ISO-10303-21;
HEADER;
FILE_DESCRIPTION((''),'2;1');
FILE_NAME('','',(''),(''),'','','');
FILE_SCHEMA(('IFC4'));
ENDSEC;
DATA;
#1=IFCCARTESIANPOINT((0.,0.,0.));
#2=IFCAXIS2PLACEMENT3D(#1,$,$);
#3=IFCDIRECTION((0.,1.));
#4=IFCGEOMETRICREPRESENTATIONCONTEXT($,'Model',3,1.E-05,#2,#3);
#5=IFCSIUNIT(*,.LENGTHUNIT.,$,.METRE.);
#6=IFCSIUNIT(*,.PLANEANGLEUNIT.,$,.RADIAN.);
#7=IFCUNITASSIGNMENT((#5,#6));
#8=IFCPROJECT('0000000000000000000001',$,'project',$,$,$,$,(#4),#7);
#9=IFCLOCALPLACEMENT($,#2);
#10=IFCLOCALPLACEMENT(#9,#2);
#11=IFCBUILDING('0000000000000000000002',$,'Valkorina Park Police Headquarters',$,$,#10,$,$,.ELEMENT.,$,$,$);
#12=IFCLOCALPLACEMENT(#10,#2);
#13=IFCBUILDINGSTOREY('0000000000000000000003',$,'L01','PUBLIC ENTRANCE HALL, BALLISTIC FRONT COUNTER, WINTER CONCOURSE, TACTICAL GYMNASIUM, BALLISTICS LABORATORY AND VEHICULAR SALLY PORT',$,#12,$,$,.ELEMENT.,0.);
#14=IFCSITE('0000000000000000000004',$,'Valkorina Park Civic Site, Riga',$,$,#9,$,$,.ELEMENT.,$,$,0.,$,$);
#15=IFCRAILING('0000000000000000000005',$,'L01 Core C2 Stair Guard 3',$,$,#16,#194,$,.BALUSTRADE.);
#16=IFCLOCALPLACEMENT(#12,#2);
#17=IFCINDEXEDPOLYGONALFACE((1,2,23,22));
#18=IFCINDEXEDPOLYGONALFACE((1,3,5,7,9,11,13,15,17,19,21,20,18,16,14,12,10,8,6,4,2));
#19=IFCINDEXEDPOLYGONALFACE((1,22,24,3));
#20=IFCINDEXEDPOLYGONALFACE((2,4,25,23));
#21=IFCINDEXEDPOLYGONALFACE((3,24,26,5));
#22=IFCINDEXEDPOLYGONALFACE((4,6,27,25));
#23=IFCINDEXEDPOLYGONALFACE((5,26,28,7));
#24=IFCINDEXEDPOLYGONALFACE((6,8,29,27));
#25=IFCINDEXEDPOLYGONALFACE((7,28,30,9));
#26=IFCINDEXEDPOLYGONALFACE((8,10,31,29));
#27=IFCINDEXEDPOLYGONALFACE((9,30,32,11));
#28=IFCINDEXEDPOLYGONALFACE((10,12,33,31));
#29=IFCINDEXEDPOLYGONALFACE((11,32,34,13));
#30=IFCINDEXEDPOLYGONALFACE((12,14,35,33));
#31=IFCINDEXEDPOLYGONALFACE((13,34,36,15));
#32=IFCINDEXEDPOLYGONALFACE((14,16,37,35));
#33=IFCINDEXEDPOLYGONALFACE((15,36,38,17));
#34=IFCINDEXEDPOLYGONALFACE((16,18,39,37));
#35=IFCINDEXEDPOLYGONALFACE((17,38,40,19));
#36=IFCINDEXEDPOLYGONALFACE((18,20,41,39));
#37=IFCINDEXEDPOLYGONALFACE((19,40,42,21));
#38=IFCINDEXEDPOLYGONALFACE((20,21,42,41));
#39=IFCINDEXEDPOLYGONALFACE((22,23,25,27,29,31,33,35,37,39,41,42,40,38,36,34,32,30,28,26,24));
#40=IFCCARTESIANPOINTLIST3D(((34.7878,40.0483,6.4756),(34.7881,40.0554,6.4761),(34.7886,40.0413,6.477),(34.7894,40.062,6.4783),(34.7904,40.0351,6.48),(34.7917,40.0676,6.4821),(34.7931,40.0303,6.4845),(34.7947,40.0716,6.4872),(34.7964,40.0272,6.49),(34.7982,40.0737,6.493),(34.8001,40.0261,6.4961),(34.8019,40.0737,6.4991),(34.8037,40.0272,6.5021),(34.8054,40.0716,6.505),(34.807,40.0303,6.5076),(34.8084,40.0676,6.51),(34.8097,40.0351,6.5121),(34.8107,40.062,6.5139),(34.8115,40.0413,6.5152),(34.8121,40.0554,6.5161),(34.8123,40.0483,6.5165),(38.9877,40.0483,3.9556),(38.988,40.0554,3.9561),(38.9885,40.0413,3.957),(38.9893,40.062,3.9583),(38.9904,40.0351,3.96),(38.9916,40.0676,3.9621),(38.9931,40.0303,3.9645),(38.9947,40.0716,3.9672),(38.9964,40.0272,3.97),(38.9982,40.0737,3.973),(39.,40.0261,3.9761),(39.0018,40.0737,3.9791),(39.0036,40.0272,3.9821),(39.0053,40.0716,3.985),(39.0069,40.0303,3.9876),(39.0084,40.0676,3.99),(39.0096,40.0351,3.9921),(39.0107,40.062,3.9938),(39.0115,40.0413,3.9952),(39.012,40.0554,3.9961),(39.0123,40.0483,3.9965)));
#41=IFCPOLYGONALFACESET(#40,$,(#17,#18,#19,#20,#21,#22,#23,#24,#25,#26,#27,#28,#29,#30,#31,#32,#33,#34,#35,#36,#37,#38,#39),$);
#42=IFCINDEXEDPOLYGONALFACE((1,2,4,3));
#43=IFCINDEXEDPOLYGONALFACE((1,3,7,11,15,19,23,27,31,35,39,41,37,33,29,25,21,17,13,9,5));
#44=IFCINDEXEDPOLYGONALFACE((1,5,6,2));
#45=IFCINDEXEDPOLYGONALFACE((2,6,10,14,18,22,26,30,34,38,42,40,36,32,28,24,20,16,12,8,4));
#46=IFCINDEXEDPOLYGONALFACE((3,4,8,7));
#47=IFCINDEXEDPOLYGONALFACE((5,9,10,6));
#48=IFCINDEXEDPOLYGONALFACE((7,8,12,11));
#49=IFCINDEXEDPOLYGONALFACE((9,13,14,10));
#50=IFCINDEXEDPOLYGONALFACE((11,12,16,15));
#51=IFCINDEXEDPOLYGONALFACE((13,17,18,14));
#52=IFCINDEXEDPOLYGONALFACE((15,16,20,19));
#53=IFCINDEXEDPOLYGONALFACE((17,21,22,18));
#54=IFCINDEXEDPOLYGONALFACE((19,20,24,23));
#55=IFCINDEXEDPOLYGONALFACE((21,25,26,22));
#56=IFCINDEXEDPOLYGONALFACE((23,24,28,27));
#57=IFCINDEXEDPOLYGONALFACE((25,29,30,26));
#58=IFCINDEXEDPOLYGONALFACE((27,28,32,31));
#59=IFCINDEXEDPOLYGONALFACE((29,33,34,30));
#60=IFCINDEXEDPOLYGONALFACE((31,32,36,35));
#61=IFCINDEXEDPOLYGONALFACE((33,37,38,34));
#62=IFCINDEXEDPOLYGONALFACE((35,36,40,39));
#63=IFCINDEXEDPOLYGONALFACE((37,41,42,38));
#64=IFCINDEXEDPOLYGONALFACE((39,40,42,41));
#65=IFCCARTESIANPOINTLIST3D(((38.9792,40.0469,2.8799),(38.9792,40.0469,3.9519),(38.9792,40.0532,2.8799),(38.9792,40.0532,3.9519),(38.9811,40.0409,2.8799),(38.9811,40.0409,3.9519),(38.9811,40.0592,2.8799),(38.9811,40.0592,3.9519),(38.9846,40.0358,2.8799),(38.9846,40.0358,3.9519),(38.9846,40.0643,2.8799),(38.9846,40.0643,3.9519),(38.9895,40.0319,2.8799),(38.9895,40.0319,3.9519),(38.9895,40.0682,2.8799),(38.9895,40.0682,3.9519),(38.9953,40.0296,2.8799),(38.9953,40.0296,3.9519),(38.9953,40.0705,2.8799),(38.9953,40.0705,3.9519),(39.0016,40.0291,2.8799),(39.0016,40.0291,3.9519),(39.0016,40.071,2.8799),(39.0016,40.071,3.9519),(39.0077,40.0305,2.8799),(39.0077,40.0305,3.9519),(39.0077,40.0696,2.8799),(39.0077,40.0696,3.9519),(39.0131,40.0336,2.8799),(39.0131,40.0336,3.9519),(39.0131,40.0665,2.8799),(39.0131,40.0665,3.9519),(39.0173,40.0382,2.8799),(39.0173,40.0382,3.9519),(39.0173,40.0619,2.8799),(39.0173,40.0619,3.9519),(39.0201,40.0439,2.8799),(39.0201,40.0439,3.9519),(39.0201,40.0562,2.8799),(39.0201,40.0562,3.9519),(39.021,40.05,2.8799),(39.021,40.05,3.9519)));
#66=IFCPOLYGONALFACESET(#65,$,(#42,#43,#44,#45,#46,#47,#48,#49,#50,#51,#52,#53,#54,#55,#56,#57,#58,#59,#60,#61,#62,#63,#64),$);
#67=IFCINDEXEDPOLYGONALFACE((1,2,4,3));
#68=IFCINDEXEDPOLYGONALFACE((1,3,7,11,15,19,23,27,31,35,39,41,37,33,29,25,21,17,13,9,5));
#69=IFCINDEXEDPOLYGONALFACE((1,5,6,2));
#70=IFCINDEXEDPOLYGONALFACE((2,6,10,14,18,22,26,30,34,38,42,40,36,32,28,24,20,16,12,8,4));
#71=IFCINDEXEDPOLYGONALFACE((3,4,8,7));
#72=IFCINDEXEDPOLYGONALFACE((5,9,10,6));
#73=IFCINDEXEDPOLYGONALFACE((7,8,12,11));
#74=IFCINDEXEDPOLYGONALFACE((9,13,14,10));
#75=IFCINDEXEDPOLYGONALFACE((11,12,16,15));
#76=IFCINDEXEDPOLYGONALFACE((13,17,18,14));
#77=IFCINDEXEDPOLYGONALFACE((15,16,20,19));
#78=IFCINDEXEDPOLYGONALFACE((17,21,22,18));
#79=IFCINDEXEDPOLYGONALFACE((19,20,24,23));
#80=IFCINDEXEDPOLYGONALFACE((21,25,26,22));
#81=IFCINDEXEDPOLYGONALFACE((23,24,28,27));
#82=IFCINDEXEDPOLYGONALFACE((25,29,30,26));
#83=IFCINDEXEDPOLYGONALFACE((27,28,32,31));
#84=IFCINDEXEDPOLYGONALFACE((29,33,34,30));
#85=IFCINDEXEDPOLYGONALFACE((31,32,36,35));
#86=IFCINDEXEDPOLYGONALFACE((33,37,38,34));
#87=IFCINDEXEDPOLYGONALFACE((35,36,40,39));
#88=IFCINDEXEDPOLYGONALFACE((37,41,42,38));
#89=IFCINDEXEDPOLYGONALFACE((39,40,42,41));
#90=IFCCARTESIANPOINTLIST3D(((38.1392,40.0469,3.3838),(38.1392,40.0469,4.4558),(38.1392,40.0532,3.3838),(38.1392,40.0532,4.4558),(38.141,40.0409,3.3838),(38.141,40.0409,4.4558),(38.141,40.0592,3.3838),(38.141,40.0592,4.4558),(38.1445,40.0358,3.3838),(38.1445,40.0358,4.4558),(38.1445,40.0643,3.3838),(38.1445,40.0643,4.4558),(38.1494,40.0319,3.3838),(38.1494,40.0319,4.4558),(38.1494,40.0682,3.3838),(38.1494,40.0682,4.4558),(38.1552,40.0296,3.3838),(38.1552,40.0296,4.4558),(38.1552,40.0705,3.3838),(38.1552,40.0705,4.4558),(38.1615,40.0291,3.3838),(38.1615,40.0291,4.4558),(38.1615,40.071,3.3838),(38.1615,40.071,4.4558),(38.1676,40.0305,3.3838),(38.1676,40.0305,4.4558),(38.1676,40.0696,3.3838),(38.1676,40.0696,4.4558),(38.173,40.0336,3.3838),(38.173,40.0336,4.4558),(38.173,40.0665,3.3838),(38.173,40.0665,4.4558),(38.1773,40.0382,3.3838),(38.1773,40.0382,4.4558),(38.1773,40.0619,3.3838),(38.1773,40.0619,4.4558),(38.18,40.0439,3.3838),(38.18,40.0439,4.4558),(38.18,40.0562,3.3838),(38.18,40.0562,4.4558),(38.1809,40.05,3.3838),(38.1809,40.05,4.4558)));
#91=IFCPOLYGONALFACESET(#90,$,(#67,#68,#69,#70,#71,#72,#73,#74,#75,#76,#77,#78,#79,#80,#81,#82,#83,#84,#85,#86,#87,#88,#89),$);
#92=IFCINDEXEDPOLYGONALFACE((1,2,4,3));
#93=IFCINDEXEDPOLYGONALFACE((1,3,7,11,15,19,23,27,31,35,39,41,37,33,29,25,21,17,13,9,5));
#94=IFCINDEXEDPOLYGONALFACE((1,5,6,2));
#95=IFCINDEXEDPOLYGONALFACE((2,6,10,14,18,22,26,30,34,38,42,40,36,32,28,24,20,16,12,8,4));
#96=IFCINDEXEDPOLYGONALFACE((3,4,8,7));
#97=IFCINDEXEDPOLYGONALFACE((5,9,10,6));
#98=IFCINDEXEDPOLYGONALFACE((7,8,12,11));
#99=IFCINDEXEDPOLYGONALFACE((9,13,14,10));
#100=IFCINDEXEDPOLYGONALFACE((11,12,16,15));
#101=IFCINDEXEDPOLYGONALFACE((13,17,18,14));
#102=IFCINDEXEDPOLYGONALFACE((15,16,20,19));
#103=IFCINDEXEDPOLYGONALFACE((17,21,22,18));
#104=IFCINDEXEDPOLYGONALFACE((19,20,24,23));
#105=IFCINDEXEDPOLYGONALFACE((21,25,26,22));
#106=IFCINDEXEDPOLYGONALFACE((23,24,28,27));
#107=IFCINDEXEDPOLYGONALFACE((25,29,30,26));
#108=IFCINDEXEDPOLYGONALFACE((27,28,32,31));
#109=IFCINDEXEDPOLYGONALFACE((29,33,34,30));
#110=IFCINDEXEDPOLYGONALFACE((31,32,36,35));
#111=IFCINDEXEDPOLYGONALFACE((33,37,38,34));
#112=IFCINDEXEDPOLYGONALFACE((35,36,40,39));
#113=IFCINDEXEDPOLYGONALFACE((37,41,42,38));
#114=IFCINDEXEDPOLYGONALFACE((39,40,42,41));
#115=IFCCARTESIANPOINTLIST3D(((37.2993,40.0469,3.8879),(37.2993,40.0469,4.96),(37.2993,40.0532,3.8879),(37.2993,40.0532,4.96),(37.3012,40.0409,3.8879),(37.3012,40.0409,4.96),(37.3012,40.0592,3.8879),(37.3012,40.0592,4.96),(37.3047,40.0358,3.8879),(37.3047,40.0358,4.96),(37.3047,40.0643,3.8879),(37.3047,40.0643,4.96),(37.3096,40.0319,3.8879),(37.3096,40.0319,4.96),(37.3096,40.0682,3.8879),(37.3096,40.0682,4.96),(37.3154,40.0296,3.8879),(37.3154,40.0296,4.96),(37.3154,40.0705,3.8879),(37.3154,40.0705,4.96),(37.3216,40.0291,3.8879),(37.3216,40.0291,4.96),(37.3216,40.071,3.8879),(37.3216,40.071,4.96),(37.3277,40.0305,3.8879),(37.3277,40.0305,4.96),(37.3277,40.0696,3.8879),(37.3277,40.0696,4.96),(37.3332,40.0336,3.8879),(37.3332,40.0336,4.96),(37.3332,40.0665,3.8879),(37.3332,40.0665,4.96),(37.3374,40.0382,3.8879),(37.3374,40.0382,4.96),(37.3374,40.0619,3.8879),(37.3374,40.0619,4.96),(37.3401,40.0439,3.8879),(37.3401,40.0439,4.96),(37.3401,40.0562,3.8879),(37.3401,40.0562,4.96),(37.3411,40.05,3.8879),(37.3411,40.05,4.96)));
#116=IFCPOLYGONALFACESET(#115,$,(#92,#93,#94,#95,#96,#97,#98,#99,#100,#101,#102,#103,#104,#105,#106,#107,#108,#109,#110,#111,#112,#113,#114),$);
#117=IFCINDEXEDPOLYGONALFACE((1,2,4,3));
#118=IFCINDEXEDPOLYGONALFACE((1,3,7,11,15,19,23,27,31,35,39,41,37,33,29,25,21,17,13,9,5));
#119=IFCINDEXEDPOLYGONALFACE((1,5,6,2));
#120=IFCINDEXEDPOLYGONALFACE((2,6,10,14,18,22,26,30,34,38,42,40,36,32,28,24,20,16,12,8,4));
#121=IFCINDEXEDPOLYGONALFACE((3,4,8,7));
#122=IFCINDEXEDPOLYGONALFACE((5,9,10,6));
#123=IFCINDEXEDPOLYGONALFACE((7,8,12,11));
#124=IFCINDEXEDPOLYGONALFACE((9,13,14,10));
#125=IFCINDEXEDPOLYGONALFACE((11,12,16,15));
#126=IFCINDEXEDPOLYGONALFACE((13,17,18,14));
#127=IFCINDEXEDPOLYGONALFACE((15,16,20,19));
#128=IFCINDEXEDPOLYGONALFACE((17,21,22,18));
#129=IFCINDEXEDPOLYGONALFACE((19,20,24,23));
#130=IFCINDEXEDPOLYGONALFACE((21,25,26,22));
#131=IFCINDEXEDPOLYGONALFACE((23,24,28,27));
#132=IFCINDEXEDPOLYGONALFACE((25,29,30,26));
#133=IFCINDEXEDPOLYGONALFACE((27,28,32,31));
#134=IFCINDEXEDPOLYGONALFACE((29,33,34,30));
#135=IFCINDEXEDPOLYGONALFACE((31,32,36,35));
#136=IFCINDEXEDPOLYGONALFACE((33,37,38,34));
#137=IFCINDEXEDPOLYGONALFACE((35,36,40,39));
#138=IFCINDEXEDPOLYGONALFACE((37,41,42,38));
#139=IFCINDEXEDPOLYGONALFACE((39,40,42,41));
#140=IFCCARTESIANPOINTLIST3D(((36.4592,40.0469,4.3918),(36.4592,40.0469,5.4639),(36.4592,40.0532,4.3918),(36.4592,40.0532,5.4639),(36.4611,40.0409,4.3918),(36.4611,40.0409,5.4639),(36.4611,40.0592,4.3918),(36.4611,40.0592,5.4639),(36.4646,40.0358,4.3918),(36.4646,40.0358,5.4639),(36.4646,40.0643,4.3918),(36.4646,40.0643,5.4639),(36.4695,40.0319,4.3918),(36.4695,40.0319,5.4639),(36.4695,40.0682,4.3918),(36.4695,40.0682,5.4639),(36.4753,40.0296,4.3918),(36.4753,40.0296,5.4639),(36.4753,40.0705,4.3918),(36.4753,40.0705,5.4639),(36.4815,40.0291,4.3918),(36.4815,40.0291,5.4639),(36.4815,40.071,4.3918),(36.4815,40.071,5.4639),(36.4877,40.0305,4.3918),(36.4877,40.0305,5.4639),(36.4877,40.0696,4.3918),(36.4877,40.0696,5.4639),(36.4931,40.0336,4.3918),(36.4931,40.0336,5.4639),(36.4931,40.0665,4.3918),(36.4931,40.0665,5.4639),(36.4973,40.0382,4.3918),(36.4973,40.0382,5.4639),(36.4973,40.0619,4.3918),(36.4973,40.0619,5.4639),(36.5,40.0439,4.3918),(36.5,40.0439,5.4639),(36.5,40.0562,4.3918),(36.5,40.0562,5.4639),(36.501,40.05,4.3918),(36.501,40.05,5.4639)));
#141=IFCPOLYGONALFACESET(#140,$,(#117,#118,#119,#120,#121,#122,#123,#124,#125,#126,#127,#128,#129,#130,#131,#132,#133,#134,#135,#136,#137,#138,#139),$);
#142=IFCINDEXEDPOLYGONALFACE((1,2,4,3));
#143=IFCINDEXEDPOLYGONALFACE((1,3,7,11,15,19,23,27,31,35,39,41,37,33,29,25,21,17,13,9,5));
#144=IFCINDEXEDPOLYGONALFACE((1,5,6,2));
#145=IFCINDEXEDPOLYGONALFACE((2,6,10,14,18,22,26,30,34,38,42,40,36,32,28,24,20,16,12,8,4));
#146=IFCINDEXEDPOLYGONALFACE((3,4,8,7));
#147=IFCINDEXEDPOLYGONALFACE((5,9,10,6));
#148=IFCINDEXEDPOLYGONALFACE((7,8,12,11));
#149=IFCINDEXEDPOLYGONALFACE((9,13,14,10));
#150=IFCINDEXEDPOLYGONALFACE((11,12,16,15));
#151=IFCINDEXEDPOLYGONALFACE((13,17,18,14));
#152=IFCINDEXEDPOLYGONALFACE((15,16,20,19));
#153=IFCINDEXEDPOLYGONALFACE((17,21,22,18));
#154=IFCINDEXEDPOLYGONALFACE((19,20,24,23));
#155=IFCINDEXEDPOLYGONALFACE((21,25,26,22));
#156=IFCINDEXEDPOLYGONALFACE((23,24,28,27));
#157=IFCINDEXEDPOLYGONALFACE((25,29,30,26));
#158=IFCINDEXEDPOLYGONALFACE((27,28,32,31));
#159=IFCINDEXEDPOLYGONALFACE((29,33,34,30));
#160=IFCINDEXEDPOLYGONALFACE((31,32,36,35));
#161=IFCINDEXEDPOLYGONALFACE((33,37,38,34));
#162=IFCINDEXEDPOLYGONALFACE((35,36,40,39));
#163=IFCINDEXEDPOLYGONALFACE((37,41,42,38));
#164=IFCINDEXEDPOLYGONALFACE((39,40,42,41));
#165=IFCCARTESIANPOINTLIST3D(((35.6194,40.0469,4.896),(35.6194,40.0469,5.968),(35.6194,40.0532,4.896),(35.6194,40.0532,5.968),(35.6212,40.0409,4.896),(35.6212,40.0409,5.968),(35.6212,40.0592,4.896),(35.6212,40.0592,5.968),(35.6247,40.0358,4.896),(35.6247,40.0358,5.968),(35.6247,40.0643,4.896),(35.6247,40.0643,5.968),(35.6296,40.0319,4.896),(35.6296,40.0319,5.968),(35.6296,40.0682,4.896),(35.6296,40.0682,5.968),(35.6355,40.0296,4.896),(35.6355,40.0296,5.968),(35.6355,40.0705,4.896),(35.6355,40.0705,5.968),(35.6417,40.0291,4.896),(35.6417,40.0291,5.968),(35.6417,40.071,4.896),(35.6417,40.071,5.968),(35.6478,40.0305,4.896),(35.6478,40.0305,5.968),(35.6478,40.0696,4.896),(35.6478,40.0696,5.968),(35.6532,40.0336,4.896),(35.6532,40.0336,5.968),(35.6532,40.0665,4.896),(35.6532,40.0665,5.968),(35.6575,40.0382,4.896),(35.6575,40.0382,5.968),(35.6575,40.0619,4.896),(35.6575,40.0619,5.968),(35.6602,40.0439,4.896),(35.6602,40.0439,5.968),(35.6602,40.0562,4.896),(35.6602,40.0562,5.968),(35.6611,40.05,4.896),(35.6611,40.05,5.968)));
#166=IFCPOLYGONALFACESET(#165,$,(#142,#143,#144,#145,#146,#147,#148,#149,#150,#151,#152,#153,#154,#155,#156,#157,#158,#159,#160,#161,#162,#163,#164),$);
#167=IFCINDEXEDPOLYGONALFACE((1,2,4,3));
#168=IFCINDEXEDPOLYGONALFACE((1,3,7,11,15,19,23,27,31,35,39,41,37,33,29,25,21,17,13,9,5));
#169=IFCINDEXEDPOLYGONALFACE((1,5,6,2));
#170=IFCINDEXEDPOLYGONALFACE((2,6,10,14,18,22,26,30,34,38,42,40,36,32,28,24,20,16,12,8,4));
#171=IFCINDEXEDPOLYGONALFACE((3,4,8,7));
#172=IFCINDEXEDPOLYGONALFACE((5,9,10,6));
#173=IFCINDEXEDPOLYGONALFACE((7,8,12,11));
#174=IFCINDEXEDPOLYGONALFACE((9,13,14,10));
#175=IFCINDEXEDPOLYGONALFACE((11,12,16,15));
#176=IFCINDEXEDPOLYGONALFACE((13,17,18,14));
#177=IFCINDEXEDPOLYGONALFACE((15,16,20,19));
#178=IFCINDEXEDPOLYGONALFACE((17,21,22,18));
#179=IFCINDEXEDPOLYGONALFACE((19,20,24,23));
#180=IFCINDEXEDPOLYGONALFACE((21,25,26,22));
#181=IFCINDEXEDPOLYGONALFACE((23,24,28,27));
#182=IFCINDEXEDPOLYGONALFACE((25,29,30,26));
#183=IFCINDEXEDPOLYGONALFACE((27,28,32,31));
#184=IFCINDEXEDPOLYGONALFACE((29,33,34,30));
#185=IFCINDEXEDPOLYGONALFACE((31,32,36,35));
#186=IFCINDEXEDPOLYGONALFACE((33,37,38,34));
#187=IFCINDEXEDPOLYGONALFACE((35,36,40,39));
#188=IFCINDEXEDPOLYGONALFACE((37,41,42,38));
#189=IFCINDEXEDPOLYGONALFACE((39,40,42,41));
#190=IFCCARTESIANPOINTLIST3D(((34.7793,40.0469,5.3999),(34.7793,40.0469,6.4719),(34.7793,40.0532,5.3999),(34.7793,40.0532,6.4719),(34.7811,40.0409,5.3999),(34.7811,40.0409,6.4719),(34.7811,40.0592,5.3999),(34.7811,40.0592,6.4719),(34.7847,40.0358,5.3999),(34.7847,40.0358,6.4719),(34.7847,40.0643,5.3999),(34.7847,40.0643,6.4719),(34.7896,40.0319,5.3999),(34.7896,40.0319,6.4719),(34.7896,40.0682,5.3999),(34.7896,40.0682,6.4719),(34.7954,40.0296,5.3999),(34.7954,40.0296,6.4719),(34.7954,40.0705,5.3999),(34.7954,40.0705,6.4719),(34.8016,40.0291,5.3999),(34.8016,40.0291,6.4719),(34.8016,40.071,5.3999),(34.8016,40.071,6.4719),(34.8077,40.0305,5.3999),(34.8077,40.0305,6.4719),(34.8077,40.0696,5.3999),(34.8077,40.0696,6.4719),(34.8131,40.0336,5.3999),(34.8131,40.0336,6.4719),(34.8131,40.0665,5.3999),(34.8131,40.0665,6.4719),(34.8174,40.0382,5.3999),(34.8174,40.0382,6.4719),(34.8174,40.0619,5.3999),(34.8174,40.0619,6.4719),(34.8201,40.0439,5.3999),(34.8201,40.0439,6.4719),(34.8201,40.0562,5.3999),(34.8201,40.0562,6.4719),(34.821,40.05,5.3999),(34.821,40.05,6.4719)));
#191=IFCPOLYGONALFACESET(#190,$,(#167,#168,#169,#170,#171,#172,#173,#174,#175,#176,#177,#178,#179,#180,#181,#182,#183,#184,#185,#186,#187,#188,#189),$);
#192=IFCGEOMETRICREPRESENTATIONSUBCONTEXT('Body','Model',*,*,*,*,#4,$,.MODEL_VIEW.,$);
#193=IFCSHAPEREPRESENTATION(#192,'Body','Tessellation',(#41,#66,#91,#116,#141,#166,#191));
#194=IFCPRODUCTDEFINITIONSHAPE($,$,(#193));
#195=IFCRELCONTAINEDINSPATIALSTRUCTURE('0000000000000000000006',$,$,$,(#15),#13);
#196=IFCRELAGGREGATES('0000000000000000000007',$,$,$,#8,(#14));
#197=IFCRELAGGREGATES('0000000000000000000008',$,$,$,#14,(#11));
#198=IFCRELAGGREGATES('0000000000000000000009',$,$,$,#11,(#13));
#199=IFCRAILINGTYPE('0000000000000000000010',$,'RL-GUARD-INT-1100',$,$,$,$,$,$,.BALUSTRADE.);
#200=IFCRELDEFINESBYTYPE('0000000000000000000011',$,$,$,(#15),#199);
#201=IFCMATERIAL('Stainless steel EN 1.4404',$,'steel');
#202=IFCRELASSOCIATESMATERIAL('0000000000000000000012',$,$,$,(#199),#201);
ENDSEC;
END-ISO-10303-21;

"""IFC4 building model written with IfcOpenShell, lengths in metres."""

from ifc_helpers import new_model, si_unit, direction, frame, origin, origin_2d, place, context, subcontext, project, spatial, circle, extrude, material, type_object, element, save


model = new_model("IFC4")

# Units and contexts
model_context = context("Model", 3, precision=1e-05, world=origin(), true_north=direction((0.0, 1.0)))
body_context = subcontext(model_context, "Body", "Model", "MODEL_VIEW")
ifc_project = project(units=[si_unit("LENGTHUNIT", "METRE"), si_unit("PLANEANGLEUNIT", "RADIAN")], contexts=[model_context])

# Site, building, storey
site_placement = place(None, origin())
site = spatial("IfcSite", under=ifc_project, at=site_placement, Name="Valkorina Park Civic Site, Riga", CompositionType="ELEMENT", RefElevation=0.0)
building_placement = place(site_placement, origin())
building = spatial("IfcBuilding", under=site, at=building_placement, Name="Valkorina Park Police Headquarters", CompositionType="ELEMENT")
storey_placement = place(building_placement, origin())
storey = spatial("IfcBuildingStorey", under=building, at=storey_placement, Name="L01", Description="PUBLIC ENTRANCE HALL, BALLISTIC FRONT COUNTER, WINTER CONCOURSE, TACTICAL GYMNASIUM, BALLISTICS LABORATORY AND VEHICULAR SALLY PORT", CompositionType="ELEMENT", Elevation=0.0)

# Shared definitions
ifc_material_1 = material(Name="Stainless steel EN 1.4404", Category="steel")

# Railing
railing_type_1 = type_object("IfcRailingType", Name="RL-GUARD-INT-1100", PredefinedType="BALUSTRADE", material=ifc_material_1)
railing_1_placement = place(storey_placement, frame((39.0, 40.05, 2.8799)))
element("IfcRailing", 1, at=railing_1_placement, inside=storey, type_object=railing_type_1, Name="L01 Core C2 Stair Guard 3", PredefinedType="BALUSTRADE", context=body_context, shape_type="SweptSolid", body=[
    extrude(circle(Radius=0.0239, at=origin_2d()), frame((0.0, 0.0, 1.0962), z_axis=(-0.857489, 0.0, 0.514503), x_axis=(0.0, -1.0, 0.0)), (0.0, 0.0, 1.0), 4.8979),
    extrude(circle(Radius=0.021, at=origin_2d()), origin(), (0.0, 0.0, 1.0), 1.072),
    extrude(circle(Radius=0.021, at=origin_2d()), frame((-0.8401, 0.0, 0.5039)), (0.0, 0.0, 1.0), 1.072),
    extrude(circle(Radius=0.021, at=origin_2d()), frame((-1.6799, 0.0, 1.0081)), (0.0, 0.0, 1.0), 1.072),
    extrude(circle(Radius=0.021, at=origin_2d()), frame((-2.52, 0.0, 1.512)), (0.0, 0.0, 1.0), 1.072),
    extrude(circle(Radius=0.021, at=origin_2d()), frame((-3.3599, 0.0, 2.0161)), (0.0, 0.0, 1.0), 1.072),
    extrude(circle(Radius=0.021, at=origin_2d()), frame((-4.2, 0.0, 2.52)), (0.0, 0.0, 1.0), 1.072),
])

save(model, "model.ifc")
